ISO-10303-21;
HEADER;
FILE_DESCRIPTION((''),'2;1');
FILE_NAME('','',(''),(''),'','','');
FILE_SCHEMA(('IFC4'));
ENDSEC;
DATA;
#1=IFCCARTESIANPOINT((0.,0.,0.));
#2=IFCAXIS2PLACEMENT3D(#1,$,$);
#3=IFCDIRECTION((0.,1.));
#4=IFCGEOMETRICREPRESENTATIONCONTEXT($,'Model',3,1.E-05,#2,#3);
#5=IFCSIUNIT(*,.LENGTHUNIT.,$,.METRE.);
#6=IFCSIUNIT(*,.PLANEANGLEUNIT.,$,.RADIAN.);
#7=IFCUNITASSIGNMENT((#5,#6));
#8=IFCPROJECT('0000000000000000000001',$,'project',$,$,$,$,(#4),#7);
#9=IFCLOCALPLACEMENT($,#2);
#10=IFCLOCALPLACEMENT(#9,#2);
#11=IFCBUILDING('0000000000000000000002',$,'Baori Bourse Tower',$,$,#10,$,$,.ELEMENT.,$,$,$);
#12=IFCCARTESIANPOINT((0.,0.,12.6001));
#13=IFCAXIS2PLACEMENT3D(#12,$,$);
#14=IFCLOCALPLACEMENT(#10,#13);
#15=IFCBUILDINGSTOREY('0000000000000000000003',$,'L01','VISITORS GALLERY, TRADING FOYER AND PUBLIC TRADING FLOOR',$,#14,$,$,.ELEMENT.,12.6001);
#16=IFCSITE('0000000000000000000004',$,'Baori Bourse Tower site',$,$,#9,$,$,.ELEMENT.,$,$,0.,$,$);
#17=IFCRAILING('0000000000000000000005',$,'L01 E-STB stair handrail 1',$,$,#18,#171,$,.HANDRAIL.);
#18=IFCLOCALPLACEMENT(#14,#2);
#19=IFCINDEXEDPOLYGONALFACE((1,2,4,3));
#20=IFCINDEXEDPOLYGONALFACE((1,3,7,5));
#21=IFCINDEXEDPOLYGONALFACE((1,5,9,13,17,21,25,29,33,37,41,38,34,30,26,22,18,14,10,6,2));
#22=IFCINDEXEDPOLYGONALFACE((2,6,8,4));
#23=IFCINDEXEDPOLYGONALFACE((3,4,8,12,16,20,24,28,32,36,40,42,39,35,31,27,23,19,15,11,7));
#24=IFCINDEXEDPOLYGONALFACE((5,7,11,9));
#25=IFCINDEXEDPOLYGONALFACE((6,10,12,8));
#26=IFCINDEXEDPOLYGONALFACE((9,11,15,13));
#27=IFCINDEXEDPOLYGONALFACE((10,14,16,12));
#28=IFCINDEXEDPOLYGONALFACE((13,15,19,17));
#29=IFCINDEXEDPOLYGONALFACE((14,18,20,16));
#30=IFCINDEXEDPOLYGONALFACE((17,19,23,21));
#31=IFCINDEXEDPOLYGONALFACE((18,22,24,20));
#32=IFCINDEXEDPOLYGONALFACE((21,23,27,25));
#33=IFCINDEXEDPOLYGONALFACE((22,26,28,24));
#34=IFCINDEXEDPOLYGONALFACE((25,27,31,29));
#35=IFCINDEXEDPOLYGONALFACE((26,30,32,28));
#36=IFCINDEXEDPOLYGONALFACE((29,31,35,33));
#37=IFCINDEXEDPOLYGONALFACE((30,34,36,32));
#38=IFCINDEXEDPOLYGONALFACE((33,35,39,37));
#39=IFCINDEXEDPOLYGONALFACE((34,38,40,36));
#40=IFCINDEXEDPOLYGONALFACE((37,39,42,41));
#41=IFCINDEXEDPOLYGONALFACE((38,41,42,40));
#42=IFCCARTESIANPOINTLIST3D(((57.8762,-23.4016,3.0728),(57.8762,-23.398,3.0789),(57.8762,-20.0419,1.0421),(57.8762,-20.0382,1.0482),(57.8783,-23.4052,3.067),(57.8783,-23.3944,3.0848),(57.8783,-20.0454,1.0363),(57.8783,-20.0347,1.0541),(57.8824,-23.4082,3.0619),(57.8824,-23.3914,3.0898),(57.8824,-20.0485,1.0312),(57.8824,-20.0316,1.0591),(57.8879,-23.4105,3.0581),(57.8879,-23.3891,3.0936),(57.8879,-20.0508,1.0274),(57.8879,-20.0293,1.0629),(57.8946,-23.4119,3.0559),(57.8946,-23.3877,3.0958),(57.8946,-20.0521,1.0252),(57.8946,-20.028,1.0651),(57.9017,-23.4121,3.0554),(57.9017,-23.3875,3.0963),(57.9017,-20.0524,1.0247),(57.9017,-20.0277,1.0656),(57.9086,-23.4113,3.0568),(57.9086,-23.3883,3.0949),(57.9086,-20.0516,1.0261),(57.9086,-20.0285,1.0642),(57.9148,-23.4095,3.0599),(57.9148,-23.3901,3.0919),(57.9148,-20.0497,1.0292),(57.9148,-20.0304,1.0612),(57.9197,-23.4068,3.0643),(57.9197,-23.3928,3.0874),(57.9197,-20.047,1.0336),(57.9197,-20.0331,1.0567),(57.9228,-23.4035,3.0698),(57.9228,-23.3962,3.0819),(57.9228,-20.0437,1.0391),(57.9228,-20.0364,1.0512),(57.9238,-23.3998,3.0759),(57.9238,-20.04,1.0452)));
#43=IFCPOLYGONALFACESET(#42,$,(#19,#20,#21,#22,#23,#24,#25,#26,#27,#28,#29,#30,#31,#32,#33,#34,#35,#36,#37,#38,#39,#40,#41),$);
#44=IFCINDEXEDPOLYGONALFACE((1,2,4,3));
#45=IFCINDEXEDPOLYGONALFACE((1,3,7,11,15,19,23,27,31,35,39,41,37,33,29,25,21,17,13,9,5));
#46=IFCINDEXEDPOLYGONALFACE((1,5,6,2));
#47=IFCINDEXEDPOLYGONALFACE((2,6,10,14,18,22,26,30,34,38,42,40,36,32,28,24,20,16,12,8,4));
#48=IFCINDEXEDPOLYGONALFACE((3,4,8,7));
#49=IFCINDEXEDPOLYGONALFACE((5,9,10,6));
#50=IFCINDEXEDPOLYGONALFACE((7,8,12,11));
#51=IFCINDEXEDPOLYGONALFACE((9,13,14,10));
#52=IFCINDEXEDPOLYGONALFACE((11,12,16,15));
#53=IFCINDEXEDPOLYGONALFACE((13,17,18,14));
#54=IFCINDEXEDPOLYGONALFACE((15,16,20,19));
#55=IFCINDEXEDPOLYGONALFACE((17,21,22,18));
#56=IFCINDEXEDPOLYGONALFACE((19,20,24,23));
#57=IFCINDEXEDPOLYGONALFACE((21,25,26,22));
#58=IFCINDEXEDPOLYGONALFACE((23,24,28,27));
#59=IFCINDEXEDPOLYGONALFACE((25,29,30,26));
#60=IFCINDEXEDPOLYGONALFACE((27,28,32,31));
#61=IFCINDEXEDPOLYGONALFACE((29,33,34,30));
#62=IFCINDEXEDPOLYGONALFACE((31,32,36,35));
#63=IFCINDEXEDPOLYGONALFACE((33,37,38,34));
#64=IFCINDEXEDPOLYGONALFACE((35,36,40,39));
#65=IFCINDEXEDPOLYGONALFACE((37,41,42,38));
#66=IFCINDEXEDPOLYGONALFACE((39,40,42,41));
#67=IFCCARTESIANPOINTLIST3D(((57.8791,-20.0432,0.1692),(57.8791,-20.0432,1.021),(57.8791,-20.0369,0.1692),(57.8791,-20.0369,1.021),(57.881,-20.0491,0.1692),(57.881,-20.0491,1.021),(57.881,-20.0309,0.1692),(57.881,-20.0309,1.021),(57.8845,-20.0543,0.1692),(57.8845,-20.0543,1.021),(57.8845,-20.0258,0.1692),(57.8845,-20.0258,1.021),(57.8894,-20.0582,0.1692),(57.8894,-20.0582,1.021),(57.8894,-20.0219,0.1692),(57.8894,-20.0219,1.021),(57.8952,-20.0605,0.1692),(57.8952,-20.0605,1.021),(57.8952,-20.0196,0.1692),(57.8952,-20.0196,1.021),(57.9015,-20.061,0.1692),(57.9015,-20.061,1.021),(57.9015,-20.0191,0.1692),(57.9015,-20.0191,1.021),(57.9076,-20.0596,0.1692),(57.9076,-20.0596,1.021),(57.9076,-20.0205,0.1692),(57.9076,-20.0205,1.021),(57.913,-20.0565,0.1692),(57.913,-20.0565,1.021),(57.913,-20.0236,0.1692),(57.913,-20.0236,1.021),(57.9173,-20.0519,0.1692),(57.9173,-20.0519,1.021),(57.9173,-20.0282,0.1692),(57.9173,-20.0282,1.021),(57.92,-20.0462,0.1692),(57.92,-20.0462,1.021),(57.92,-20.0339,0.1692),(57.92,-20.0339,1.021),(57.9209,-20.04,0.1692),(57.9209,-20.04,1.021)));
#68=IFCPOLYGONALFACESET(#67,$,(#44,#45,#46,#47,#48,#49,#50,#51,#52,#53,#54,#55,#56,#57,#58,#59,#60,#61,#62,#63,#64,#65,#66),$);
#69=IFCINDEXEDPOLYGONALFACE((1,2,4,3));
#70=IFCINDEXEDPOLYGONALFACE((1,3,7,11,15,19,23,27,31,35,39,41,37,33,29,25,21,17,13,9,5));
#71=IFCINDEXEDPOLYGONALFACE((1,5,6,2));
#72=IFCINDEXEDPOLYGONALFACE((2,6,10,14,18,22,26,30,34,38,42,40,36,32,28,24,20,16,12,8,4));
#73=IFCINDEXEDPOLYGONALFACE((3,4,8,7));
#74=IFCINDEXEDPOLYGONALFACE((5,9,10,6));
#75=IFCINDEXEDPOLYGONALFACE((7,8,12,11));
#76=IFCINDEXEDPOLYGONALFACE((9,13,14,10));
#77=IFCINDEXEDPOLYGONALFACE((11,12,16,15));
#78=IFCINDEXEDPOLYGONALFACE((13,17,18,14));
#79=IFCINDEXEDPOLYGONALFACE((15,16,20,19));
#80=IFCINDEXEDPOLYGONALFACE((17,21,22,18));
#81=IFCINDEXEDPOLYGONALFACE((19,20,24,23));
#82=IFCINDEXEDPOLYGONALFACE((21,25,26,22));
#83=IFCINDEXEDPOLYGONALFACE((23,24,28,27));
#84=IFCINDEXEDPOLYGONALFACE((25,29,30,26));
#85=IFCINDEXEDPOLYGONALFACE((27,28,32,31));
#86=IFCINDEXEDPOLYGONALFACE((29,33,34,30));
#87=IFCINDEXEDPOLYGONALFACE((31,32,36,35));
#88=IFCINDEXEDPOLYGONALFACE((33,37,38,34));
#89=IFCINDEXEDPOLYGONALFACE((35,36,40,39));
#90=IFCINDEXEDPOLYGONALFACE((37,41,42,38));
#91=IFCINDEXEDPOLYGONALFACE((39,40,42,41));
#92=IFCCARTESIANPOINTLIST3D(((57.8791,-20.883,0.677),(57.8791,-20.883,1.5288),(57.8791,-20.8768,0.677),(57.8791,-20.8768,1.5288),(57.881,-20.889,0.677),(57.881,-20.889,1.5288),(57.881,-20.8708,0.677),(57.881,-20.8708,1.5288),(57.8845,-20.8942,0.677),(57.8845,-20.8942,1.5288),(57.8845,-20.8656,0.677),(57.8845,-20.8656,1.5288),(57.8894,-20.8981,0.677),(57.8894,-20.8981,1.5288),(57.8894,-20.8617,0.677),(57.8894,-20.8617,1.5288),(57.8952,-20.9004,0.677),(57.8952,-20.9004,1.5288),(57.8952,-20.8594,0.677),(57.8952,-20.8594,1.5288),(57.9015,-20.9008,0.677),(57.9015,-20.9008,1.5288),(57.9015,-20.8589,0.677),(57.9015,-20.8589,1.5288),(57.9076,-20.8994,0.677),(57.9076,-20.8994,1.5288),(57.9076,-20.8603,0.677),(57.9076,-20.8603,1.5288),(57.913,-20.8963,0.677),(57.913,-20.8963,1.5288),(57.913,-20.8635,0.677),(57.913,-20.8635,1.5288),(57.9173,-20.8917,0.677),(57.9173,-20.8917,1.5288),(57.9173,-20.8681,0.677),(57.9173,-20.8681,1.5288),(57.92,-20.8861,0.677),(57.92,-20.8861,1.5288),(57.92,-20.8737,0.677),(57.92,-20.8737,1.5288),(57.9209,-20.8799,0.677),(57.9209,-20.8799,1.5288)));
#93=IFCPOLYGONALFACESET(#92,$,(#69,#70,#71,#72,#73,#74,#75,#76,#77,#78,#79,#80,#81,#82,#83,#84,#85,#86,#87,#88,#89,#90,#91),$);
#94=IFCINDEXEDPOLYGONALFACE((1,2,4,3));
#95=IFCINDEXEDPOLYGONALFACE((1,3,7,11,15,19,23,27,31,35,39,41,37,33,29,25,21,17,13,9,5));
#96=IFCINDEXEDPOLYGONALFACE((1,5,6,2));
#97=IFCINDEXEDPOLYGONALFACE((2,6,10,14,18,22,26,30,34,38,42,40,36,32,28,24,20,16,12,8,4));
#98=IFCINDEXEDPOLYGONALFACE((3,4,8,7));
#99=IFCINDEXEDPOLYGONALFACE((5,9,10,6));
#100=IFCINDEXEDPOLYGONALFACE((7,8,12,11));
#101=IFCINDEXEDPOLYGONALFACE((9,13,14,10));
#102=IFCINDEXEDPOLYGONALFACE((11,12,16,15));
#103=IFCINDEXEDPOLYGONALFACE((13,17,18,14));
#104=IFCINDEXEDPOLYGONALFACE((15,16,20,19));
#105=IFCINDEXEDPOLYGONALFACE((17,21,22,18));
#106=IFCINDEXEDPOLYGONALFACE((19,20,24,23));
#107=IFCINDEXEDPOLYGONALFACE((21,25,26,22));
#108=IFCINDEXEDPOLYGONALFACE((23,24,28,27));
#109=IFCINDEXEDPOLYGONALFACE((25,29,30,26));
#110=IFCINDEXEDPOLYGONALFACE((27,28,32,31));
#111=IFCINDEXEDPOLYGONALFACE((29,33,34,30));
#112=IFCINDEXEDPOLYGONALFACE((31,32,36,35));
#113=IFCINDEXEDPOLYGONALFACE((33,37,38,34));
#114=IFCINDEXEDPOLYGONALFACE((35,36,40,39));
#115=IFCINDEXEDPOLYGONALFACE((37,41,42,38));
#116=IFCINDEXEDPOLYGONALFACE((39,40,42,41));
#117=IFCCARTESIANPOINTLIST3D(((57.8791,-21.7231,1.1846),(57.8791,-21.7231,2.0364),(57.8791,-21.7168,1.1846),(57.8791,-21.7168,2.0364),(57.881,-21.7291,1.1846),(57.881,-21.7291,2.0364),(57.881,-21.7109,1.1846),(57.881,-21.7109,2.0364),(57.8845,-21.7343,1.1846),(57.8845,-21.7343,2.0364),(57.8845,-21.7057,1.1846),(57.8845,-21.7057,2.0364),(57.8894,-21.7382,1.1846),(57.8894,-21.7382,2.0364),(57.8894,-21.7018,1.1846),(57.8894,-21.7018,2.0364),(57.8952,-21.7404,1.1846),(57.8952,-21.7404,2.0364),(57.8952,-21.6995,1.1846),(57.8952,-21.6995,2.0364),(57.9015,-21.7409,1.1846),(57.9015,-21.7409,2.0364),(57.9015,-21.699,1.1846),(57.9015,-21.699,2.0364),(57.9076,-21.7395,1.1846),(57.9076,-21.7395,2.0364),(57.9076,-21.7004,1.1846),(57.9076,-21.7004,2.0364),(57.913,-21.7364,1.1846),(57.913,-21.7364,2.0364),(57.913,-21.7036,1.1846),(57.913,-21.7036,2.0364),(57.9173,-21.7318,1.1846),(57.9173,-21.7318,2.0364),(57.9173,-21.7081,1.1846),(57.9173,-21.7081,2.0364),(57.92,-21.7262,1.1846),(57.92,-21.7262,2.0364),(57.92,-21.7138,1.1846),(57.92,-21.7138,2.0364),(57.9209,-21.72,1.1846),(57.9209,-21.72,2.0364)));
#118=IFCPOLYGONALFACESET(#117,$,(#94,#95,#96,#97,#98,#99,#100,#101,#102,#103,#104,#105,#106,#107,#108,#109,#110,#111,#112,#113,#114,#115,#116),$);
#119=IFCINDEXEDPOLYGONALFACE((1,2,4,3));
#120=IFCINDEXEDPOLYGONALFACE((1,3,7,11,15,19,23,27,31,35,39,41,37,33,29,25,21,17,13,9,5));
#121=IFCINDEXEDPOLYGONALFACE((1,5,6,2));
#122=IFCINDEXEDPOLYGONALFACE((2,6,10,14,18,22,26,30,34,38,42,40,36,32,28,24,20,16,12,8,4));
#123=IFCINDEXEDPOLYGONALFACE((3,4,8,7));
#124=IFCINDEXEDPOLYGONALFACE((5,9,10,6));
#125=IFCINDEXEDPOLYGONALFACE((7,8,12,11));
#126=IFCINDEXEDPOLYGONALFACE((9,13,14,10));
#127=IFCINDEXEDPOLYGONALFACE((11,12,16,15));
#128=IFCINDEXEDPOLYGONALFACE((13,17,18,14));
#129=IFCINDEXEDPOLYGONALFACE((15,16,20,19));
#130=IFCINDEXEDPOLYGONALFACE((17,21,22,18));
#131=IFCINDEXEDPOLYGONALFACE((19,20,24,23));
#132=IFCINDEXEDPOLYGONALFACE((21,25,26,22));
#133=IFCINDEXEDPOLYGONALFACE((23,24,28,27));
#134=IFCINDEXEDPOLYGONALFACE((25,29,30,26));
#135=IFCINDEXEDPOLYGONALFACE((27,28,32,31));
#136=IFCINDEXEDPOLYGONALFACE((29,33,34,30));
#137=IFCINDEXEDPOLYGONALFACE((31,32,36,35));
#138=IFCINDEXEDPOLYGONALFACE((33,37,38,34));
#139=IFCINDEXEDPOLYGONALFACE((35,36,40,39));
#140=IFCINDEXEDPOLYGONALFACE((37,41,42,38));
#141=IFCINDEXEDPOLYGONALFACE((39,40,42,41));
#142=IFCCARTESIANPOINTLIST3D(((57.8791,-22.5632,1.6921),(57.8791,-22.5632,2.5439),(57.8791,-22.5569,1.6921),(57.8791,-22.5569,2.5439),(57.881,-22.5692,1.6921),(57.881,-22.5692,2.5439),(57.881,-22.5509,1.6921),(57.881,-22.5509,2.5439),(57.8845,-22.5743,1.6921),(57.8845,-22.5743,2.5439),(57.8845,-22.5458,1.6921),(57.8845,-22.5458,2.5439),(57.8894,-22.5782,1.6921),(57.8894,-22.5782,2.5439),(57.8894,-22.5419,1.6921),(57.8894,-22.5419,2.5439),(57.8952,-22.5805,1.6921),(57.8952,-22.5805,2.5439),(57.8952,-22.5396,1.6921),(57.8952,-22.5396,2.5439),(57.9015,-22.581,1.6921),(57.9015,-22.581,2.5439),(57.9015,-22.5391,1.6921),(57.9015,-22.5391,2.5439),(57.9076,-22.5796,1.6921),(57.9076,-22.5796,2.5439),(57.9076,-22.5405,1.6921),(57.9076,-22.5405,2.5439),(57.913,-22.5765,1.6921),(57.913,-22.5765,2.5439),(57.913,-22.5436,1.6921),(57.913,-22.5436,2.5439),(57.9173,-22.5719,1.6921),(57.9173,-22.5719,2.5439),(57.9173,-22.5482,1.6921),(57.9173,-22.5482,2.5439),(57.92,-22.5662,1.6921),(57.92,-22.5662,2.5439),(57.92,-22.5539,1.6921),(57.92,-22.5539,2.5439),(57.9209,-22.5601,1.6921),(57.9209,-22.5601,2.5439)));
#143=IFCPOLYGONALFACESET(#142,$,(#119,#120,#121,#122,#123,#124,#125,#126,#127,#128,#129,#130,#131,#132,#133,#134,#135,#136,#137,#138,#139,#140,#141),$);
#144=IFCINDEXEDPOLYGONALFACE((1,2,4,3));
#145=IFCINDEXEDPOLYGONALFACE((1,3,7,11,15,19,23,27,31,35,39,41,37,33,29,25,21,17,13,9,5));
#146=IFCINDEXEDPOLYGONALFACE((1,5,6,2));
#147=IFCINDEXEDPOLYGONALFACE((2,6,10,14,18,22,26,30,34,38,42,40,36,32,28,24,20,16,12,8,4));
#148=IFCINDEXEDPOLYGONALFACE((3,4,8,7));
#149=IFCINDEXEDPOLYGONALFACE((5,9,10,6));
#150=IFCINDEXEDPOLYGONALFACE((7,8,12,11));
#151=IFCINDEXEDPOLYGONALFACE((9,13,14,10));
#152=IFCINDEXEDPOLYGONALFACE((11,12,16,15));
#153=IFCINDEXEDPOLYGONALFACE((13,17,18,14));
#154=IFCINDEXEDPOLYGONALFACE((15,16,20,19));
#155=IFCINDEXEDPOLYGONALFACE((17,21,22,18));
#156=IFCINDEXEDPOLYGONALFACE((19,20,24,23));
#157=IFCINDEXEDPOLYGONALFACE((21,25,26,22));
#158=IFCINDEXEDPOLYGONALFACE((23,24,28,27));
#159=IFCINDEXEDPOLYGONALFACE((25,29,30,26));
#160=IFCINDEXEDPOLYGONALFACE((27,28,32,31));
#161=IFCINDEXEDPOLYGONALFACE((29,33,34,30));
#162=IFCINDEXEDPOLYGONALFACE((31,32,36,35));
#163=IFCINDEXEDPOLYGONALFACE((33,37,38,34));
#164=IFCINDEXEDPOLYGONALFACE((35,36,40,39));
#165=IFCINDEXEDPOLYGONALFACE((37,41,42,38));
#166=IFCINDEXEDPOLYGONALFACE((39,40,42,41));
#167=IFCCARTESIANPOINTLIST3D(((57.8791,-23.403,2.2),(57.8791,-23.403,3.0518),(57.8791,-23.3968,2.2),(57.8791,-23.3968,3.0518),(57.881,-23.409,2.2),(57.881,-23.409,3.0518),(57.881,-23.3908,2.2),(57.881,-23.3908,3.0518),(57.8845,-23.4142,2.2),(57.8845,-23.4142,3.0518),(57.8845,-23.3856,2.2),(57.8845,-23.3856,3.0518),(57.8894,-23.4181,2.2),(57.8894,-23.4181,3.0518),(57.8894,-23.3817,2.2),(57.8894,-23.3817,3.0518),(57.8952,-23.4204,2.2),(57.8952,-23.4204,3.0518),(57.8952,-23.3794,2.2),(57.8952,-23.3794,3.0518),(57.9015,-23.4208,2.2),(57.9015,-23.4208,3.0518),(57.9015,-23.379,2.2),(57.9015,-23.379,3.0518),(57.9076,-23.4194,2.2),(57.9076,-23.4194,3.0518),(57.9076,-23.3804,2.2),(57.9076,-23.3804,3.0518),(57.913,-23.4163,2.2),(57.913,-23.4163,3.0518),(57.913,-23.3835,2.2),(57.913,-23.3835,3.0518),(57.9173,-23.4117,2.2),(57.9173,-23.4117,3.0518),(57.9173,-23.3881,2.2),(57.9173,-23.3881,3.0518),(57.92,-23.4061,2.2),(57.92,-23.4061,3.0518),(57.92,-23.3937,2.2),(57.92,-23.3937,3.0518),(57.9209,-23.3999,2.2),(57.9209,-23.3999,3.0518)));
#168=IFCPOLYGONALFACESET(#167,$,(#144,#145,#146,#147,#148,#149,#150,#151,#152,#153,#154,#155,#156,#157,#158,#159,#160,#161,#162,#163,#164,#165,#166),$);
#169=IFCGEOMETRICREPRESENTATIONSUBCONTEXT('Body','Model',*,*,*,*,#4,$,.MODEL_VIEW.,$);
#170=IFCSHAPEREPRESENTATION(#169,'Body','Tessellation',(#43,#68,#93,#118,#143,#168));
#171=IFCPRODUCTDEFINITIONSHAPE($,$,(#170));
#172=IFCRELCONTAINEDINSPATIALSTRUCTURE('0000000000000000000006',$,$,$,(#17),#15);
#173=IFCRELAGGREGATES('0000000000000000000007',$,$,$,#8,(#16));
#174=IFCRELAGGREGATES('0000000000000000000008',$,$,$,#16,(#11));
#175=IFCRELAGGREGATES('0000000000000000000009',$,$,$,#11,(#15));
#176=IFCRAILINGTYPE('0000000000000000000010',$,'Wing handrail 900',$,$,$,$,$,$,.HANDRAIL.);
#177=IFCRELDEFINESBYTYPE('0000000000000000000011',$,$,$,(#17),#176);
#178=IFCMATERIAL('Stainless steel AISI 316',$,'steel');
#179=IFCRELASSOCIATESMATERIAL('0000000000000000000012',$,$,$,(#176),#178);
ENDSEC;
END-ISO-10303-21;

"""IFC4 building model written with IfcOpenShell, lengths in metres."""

from ifc_helpers import new_model, si_unit, direction, frame, origin, origin_2d, place, context, subcontext, project, spatial, circle, extrude, material, type_object, element, save


model = new_model("IFC4")

# Units and contexts
model_context = context("Model", 3, precision=1e-05, world=origin(), true_north=direction((0.0, 1.0)))
body_context = subcontext(model_context, "Body", "Model", "MODEL_VIEW")
ifc_project = project(units=[si_unit("LENGTHUNIT", "METRE"), si_unit("PLANEANGLEUNIT", "RADIAN")], contexts=[model_context])

# Site, building, storey
site_placement = place(None, origin())
site = spatial("IfcSite", under=ifc_project, at=site_placement, Name="Baori Bourse Tower site", CompositionType="ELEMENT", RefElevation=0.0)
building_placement = place(site_placement, origin())
building = spatial("IfcBuilding", under=site, at=building_placement, Name="Baori Bourse Tower", CompositionType="ELEMENT")
storey_placement = place(building_placement, frame((0.0, 0.0, 12.6001)))
storey = spatial("IfcBuildingStorey", under=building, at=storey_placement, Name="L01", Description="VISITORS GALLERY, TRADING FOYER AND PUBLIC TRADING FLOOR", CompositionType="ELEMENT", Elevation=12.6001)

# Railing
ifc_material_1 = material(Name="Stainless steel AISI 316", Category="steel")
railing_type_1 = type_object("IfcRailingType", Name="Wing handrail 900", PredefinedType="HANDRAIL", material=ifc_material_1)
railing_1_placement = place(storey_placement, frame((57.8999, -20.04, 0.1692)))
element("IfcRailing", 1, at=railing_1_placement, inside=storey, type_object=railing_type_1, Name="L01 E-STB stair handrail 1", PredefinedType="HANDRAIL", context=body_context, shape_type="SweptSolid", body=[
    extrude(circle(Radius=0.0239, at=origin_2d()), frame((0.0, 0.0, 0.876), z_axis=(0.0, -0.85582, 0.517273), x_axis=(1.0, 0.0, 0.0)), (0.0, 0.0, 1.0), 3.9258),
    extrude(circle(Radius=0.021, at=origin_2d()), origin(), (0.0, 0.0, 1.0), 0.8518),
    extrude(circle(Radius=0.021, at=origin_2d()), frame((0.0, -0.8398, 0.5078)), (0.0, 0.0, 1.0), 0.8518),
    extrude(circle(Radius=0.021, at=origin_2d()), frame((0.0, -1.6799, 1.0154)), (0.0, 0.0, 1.0), 0.8518),
    extrude(circle(Radius=0.021, at=origin_2d()), frame((0.0, -2.52, 1.5229)), (0.0, 0.0, 1.0), 0.8518),
    extrude(circle(Radius=0.021, at=origin_2d()), frame((0.0, -3.3599, 2.0308)), (0.0, 0.0, 1.0), 0.8518),
])

save(model, "model.ifc")
